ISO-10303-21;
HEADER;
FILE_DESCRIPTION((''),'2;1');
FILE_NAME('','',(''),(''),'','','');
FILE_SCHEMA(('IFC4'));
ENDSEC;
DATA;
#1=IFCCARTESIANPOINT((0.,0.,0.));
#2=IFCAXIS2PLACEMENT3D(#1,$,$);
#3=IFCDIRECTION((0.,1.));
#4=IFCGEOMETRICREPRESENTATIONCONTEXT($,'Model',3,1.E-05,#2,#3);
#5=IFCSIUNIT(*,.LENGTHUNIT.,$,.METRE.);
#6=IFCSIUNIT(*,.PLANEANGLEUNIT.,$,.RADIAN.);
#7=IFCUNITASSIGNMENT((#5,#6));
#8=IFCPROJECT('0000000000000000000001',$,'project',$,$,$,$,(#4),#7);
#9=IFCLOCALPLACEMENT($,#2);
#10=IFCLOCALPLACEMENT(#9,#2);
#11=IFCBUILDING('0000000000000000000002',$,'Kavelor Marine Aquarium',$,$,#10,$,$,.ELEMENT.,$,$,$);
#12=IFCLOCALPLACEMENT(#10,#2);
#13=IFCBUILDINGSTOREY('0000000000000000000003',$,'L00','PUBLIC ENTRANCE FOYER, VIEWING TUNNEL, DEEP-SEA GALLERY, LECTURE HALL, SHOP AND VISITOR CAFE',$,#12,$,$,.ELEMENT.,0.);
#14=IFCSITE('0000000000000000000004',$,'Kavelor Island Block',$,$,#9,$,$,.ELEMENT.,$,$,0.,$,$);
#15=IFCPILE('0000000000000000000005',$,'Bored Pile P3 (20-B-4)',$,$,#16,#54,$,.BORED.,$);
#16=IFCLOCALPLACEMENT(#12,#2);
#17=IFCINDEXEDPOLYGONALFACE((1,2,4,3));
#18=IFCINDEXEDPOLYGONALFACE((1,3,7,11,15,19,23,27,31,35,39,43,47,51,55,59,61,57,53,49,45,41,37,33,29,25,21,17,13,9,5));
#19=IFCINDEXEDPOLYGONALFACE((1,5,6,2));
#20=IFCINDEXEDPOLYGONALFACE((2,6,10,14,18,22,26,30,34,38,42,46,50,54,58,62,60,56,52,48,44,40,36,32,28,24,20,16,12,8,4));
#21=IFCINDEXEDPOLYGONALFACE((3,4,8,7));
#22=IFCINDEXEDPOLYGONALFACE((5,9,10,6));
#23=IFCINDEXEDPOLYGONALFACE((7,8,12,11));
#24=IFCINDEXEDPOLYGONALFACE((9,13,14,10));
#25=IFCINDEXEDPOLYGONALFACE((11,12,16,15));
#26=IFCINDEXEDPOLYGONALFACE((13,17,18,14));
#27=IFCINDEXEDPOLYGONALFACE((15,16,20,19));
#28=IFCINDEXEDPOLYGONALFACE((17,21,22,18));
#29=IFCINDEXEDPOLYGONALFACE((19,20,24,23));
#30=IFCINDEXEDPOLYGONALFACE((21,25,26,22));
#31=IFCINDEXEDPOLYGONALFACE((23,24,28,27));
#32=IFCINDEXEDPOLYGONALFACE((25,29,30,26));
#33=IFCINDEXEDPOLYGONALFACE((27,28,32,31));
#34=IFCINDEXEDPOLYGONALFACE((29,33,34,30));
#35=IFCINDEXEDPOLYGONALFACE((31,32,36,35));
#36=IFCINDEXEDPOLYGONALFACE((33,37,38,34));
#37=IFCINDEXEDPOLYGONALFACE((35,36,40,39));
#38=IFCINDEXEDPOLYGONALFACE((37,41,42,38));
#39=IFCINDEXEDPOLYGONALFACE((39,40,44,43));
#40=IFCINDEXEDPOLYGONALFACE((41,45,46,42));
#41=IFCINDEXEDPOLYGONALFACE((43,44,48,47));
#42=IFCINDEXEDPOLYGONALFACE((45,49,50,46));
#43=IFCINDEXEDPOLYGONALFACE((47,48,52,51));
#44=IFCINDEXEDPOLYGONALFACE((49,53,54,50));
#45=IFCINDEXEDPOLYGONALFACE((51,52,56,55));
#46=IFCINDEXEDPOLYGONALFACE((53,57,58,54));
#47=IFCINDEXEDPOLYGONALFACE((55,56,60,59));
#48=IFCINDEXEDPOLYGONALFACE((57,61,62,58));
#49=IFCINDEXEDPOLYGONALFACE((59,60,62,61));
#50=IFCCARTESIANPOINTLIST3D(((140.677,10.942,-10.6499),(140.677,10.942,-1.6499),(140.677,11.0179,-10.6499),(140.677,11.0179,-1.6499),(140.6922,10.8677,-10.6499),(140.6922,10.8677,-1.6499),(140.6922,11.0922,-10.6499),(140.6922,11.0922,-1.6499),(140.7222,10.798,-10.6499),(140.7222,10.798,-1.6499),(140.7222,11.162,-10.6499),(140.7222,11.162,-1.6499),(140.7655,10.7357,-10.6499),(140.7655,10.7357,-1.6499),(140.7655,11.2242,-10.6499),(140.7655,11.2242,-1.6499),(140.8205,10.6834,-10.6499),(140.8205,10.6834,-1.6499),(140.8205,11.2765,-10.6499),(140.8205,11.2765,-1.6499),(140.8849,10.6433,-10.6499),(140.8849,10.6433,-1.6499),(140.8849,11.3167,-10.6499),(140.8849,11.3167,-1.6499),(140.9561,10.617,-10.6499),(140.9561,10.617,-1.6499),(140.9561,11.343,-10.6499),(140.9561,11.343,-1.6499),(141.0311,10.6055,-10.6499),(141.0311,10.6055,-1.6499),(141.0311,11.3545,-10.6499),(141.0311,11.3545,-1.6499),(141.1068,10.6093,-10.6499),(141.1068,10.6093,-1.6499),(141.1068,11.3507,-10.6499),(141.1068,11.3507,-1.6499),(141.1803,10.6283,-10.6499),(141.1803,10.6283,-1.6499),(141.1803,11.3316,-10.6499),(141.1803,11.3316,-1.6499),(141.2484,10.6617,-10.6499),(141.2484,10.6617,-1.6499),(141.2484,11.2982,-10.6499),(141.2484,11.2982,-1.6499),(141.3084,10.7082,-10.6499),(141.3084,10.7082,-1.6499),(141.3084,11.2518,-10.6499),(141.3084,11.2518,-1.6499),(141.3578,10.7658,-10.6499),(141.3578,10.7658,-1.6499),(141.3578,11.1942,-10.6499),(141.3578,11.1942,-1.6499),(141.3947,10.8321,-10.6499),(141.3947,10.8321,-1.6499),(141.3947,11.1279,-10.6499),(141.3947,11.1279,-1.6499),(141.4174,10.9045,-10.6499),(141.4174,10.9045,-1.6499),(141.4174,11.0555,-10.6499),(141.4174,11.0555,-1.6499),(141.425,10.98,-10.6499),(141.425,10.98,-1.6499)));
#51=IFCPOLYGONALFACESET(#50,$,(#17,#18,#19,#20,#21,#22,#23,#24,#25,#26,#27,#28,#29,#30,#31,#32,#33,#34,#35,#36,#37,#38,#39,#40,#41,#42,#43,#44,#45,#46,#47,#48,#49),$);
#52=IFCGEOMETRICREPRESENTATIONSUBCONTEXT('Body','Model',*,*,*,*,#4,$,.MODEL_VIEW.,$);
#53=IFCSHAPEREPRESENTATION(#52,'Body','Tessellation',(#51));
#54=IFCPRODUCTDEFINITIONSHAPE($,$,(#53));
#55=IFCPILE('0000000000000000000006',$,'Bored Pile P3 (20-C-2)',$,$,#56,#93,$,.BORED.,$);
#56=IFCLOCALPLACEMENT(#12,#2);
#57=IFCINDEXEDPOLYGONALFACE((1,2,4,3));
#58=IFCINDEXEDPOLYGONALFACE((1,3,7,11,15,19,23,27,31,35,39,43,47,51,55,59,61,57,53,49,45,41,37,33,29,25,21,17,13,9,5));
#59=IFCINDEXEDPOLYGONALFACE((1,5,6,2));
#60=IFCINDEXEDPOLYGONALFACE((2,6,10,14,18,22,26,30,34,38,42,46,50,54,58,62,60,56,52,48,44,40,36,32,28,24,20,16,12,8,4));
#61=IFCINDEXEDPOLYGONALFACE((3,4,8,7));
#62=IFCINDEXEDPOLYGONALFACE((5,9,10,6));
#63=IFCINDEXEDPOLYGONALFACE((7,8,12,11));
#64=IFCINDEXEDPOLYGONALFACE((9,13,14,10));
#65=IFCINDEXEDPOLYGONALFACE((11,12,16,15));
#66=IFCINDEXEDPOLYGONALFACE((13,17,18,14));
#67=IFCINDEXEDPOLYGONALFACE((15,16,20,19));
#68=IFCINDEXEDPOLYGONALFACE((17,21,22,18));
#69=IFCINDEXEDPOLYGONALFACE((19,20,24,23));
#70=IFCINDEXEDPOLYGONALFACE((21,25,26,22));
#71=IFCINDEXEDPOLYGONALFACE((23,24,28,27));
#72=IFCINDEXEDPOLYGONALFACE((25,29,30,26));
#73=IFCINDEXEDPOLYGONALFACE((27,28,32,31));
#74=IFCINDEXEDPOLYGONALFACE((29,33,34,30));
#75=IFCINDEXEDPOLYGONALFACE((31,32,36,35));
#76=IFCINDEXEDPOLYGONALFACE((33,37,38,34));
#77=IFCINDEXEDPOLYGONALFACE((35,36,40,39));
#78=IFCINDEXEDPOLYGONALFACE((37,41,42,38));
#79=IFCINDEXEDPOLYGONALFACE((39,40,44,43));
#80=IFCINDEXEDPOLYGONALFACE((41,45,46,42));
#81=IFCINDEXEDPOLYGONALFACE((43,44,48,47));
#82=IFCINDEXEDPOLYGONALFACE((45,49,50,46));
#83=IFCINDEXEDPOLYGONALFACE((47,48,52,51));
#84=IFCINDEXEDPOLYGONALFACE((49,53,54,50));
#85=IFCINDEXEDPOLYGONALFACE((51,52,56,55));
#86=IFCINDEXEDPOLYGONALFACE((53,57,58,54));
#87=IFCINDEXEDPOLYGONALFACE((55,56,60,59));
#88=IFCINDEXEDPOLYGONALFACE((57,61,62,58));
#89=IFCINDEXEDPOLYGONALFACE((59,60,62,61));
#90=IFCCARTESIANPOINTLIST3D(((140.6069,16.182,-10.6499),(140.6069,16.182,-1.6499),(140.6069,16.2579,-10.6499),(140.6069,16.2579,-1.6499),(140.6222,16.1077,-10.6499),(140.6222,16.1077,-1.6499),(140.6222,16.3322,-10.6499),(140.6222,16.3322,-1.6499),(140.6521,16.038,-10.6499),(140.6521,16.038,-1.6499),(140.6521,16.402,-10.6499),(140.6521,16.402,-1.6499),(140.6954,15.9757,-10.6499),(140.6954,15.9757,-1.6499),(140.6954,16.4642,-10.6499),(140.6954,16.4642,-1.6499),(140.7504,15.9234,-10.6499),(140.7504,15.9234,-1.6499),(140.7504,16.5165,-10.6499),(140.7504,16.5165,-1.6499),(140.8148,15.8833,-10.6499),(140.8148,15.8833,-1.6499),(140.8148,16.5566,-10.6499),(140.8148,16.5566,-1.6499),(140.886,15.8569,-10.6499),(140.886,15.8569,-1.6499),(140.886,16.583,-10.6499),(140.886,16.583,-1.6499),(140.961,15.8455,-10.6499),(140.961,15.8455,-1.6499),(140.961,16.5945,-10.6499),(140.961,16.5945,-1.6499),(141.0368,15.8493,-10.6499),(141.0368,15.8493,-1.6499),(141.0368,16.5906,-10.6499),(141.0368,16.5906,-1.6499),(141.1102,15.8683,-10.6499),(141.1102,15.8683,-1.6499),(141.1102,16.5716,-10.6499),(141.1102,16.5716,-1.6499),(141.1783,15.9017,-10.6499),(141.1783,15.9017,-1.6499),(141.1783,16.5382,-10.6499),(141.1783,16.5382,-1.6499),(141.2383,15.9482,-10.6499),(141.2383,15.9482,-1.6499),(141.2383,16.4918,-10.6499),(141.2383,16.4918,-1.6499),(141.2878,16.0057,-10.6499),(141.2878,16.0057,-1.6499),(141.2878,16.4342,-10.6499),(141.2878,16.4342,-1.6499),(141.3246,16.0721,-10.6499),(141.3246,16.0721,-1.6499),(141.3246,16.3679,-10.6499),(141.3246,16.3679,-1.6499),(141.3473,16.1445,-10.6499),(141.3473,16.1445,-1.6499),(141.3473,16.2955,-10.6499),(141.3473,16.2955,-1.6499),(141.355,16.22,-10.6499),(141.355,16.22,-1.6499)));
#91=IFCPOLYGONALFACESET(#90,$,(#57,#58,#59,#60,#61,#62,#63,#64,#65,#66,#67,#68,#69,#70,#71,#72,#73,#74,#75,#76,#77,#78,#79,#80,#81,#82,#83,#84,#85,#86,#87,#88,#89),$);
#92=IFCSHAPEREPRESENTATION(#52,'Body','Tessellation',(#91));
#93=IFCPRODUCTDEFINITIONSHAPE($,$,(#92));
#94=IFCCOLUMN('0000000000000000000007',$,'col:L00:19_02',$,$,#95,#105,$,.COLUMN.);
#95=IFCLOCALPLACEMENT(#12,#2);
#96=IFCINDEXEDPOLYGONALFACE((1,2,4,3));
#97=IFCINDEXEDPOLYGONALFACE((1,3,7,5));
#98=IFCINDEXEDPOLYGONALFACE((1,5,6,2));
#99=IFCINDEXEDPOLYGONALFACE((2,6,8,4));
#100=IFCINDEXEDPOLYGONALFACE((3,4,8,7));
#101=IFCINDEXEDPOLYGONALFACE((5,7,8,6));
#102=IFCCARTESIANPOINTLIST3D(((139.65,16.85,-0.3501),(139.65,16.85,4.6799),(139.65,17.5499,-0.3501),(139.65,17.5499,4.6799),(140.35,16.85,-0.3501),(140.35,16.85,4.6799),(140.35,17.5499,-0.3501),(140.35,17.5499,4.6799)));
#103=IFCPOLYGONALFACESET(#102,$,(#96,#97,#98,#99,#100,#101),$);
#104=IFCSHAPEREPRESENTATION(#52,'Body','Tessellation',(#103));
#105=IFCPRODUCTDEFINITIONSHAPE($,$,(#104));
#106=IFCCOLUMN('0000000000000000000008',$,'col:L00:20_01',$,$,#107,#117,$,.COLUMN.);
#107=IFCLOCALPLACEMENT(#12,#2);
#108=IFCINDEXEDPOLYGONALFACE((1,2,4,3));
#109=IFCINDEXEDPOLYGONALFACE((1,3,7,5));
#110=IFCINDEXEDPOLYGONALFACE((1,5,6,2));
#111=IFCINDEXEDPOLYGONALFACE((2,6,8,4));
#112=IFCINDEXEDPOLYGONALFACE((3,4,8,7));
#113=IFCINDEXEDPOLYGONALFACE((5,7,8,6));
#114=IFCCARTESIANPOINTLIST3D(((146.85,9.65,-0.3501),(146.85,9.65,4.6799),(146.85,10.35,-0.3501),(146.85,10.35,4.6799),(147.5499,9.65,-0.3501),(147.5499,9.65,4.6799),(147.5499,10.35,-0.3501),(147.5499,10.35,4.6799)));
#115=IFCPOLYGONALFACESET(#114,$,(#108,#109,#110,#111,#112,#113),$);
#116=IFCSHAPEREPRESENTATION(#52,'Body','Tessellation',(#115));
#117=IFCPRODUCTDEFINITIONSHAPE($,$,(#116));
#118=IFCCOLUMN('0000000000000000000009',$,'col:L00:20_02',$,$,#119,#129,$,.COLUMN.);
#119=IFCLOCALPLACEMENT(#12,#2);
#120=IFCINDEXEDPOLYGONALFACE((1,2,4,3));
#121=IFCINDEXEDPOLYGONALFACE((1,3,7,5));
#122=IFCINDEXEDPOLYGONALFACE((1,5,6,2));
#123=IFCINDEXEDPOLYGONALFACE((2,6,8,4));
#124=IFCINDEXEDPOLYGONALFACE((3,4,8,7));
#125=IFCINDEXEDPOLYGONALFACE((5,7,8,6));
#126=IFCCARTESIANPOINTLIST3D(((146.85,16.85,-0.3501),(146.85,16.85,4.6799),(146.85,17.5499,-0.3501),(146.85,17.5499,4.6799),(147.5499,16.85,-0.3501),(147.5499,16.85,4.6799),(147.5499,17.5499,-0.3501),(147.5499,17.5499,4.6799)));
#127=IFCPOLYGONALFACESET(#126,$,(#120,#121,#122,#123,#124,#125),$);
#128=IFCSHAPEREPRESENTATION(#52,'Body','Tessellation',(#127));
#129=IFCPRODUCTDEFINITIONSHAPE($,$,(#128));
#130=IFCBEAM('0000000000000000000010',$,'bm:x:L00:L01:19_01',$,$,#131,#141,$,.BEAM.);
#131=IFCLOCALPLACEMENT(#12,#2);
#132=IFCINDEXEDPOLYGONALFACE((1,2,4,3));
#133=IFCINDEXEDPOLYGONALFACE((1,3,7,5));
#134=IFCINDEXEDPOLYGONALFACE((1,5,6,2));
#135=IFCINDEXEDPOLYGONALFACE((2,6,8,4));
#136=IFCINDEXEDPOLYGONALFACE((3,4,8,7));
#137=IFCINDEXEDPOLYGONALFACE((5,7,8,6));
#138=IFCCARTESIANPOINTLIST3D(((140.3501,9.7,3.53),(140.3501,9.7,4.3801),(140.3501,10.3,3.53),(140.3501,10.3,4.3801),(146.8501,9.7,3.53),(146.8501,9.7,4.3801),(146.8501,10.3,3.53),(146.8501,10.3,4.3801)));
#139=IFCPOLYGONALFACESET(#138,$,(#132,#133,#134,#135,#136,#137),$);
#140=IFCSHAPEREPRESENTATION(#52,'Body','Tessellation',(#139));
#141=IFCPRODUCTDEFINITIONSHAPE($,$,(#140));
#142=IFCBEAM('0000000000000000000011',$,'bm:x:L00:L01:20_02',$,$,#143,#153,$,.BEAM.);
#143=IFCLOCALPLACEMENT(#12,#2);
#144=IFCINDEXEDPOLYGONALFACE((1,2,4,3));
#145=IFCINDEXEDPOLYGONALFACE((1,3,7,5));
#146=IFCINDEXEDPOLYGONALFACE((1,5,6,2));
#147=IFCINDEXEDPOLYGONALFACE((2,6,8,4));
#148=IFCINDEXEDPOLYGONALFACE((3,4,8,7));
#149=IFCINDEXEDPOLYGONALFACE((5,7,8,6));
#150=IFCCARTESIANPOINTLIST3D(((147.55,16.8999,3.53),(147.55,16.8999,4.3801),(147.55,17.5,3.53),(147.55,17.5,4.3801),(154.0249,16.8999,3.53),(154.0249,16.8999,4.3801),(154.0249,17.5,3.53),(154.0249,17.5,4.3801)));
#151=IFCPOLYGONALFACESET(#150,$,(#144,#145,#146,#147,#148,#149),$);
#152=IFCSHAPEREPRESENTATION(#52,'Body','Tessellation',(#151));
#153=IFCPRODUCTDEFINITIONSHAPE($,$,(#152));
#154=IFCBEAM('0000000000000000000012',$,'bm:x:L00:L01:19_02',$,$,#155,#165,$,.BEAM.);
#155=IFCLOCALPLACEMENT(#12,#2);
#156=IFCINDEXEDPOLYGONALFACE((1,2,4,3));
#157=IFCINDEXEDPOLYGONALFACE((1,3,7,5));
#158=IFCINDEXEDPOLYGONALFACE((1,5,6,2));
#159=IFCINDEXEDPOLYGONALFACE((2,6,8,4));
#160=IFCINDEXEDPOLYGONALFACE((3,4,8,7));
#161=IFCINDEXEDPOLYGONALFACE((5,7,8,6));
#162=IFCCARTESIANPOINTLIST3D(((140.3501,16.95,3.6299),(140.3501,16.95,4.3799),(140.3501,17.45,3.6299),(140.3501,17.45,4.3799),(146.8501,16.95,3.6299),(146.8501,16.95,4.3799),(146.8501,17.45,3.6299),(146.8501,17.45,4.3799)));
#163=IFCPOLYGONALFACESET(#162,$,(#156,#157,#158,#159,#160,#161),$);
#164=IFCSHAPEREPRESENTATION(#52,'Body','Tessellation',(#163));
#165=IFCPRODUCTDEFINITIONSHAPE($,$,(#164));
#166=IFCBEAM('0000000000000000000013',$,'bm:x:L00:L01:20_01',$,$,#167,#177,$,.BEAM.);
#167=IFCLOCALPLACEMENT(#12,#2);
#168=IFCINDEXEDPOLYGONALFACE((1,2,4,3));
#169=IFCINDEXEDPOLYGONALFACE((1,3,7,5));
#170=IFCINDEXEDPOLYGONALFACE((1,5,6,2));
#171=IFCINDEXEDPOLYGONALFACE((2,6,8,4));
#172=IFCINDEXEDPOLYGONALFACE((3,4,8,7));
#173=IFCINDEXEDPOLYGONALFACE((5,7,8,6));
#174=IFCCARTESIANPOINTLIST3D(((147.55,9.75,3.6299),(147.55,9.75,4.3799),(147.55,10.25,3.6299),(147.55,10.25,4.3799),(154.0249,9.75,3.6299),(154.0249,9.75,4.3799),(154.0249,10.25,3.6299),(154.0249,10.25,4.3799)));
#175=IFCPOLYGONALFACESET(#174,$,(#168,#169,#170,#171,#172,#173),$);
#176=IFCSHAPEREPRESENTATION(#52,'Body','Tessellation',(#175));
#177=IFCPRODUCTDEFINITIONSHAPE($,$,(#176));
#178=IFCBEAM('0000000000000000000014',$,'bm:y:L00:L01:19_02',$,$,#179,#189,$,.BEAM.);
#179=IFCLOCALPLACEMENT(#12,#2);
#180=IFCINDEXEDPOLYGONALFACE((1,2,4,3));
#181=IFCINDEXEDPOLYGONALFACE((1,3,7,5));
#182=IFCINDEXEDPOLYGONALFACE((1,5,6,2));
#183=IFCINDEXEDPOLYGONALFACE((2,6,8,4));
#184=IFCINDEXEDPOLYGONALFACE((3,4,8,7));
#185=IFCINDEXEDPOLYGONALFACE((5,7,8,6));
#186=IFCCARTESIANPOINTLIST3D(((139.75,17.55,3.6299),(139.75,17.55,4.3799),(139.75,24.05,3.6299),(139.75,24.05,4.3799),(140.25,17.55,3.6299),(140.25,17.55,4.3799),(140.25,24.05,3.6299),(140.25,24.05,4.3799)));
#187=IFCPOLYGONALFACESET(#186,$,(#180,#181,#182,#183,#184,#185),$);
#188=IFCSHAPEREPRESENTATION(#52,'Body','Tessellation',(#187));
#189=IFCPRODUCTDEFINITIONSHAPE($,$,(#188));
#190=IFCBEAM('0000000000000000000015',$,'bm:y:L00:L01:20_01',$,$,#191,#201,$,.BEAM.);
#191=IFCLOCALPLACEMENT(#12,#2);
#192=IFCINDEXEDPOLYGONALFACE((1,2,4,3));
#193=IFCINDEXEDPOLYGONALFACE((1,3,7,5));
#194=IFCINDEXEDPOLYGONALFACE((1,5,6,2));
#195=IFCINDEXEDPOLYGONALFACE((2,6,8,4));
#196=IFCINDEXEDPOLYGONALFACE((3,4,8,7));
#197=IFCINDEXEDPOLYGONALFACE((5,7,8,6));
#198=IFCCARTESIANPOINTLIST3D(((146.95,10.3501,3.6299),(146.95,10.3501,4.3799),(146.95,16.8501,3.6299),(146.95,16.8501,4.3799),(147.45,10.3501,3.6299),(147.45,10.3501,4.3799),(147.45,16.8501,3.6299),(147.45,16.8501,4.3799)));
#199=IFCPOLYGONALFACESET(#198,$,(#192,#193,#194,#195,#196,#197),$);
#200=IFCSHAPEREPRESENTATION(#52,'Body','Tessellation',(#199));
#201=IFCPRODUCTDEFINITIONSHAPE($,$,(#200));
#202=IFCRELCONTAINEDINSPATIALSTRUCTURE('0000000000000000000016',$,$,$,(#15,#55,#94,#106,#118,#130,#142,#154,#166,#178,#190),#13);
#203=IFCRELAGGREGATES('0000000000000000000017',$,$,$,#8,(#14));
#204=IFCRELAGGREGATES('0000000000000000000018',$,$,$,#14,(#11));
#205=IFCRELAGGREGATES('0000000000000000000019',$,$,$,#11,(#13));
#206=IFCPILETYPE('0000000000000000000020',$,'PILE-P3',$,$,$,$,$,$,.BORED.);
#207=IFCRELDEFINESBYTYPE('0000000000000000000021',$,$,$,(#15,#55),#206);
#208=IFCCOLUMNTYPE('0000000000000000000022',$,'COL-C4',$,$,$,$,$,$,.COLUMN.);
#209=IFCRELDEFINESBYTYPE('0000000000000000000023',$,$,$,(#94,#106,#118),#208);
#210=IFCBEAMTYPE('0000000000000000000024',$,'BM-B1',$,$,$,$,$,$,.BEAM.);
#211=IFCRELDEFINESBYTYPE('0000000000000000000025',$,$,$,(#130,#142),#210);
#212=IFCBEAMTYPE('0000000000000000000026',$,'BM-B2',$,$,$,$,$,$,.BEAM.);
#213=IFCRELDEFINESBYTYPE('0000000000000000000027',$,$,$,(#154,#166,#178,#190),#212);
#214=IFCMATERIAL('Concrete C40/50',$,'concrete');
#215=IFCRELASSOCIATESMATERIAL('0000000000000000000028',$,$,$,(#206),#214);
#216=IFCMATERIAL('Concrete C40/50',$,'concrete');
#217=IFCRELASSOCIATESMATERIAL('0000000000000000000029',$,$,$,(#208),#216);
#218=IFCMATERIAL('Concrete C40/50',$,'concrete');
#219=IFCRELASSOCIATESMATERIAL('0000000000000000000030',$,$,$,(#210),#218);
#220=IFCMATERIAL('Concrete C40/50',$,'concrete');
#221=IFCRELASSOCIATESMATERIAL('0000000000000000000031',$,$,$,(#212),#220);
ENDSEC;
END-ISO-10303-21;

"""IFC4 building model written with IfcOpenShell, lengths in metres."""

from ifc_helpers import new_model, si_unit, direction, frame, origin, origin_2d, place, context, subcontext, project, spatial, rectangle, circle, extrude, material, material_profile, profile_set, type_object, element, save


model = new_model("IFC4")

# Units and contexts
model_context = context("Model", 3, precision=1e-05, world=origin(), true_north=direction((0.0, 1.0)))
body_context = subcontext(model_context, "Body", "Model", "MODEL_VIEW")
ifc_project = project(units=[si_unit("LENGTHUNIT", "METRE"), si_unit("PLANEANGLEUNIT", "RADIAN")], contexts=[model_context])

# Site, building, storey
site_placement = place(None, origin())
site = spatial("IfcSite", under=ifc_project, at=site_placement, Name="Kavelor Island Block", CompositionType="ELEMENT", RefElevation=0.0)
building_placement = place(site_placement, origin())
building = spatial("IfcBuilding", under=site, at=building_placement, Name="Kavelor Marine Aquarium", CompositionType="ELEMENT")
storey_placement = place(building_placement, origin())
storey = spatial("IfcBuildingStorey", under=building, at=storey_placement, Name="L00", Description="PUBLIC ENTRANCE FOYER, VIEWING TUNNEL, DEEP-SEA GALLERY, LECTURE HALL, SHOP AND VISITOR CAFE", CompositionType="ELEMENT", Elevation=0.0)

# Piles
ifc_material_1 = material(Name="Concrete C40/50", Category="concrete")
ifc_material_profile_1 = material_profile(ifc_material_1, circle(Radius=0.375, at=origin_2d()), Name="PILE D750")
ifc_profile_set_1 = profile_set([ifc_material_profile_1], Name="Concrete C40/50")
pile_type_1 = type_object("IfcPileType", Name="PILE-P3", PredefinedType="BORED", material=ifc_profile_set_1)
for number, where, z_axis, x_axis, name in (
    (1, (141.05, 10.98, -1.6499), (0.0, 0.0, -1.0), (1.0, 0.0, 0.0), "Bored Pile P3 (20-B-4)"),
    (2, (140.98, 16.22, -1.6499), (0.0, 0.0, -1.0), (1.0, 0.0, 0.0), "Bored Pile P3 (20-C-2)"),
):
    element("IfcPile", number, at=place(storey_placement, frame(where, z_axis=z_axis, x_axis=x_axis)), inside=storey, type_object=pile_type_1, Name=name, PredefinedType="BORED", context=body_context, shape_type="SweptSolid", body=[
        extrude(circle(Radius=0.375, at=origin_2d()), origin(), (0.0, 0.0, 1.0), 9.0),
    ])

# Columns
ifc_material_2 = material(Name="Concrete C40/50", Category="concrete")
ifc_material_profile_2 = material_profile(ifc_material_2, rectangle(XDim=0.7, YDim=0.7, at=origin_2d()), Name="RC-COL 700x700")
ifc_profile_set_2 = profile_set([ifc_material_profile_2], Name="Concrete C40/50")
column_type = type_object("IfcColumnType", Name="COL-C4", PredefinedType="COLUMN", material=ifc_profile_set_2)
for number, where, z_axis, x_axis, name in (
    (3, (140.0, 17.2, -0.3501), (0.0, 0.0, 1.0), (1.0, 0.0, 0.0), "col:L00:19_02"),
    (4, (147.2, 10.0, -0.3501), (0.0, 0.0, 1.0), (1.0, 0.0, 0.0), "col:L00:20_01"),
    (5, (147.2, 17.2, -0.3501), (0.0, 0.0, 1.0), (1.0, 0.0, 0.0), "col:L00:20_02"),
):
    element("IfcColumn", number, at=place(storey_placement, frame(where, z_axis=z_axis, x_axis=x_axis)), inside=storey, type_object=column_type, Name=name, PredefinedType="COLUMN", context=body_context, shape_type="SweptSolid", body=[
        extrude(rectangle(XDim=0.7, YDim=0.7, at=origin_2d()), origin(), (0.0, 0.0, 1.0), 5.03),
    ])

# Beams
ifc_material_3 = material(Name="Concrete C40/50", Category="concrete")
ifc_material_profile_3 = material_profile(ifc_material_3, rectangle(XDim=0.6001, YDim=0.8501, at=origin_2d()), Name="RC-BM 600x850")
ifc_profile_set_3 = profile_set([ifc_material_profile_3], Name="Concrete C40/50")
beam_type_1 = type_object("IfcBeamType", Name="BM-B1", PredefinedType="BEAM", material=ifc_profile_set_3)
beam_1_placement = place(storey_placement, frame((140.3501, 10.0, 3.9551), z_axis=(1.0, 0.0, 0.0), x_axis=(0.0, 1.0, 0.0)))
element("IfcBeam", 6, at=beam_1_placement, inside=storey, type_object=beam_type_1, Name="bm:x:L00:L01:19_01", PredefinedType="BEAM", context=body_context, shape_type="SweptSolid", body=[
    extrude(rectangle(XDim=0.6001, YDim=0.8501, at=origin_2d()), origin(), (0.0, 0.0, 1.0), 6.5),
])
beam_2_placement = place(storey_placement, frame((147.55, 17.2, 3.9551), z_axis=(1.0, 0.0, 0.0), x_axis=(0.0, 1.0, 0.0)))
element("IfcBeam", 7, at=beam_2_placement, inside=storey, type_object=beam_type_1, Name="bm:x:L00:L01:20_02", PredefinedType="BEAM", context=body_context, shape_type="SweptSolid", body=[
    extrude(rectangle(XDim=0.6001, YDim=0.8501, at=origin_2d()), origin(), (0.0, 0.0, 1.0), 6.4749),
])
ifc_material_4 = material(Name="Concrete C40/50", Category="concrete")
ifc_material_profile_4 = material_profile(ifc_material_4, rectangle(XDim=0.5, YDim=0.75, at=origin_2d()), Name="RC-BM 500x750")
ifc_profile_set_4 = profile_set([ifc_material_profile_4], Name="Concrete C40/50")
beam_type_2 = type_object("IfcBeamType", Name="BM-B2", PredefinedType="BEAM", material=ifc_profile_set_4)
beam_3_placement = place(storey_placement, frame((140.3501, 17.2, 4.0049), z_axis=(1.0, 0.0, 0.0), x_axis=(0.0, 1.0, 0.0)))
element("IfcBeam", 8, at=beam_3_placement, inside=storey, type_object=beam_type_2, Name="bm:x:L00:L01:19_02", PredefinedType="BEAM", context=body_context, shape_type="SweptSolid", body=[
    extrude(rectangle(XDim=0.5, YDim=0.75, at=origin_2d()), origin(), (0.0, 0.0, 1.0), 6.5),
])
beam_4_placement = place(storey_placement, frame((147.55, 10.0, 4.0049), z_axis=(1.0, 0.0, 0.0), x_axis=(0.0, 1.0, 0.0)))
element("IfcBeam", 9, at=beam_4_placement, inside=storey, type_object=beam_type_2, Name="bm:x:L00:L01:20_01", PredefinedType="BEAM", context=body_context, shape_type="SweptSolid", body=[
    extrude(rectangle(XDim=0.5, YDim=0.75, at=origin_2d()), origin(), (0.0, 0.0, 1.0), 6.4749),
])
for number, where, z_axis, x_axis, name in (
    (10, (140.0, 17.55, 4.0049), (0.0, 1.0, 0.0), (-1.0, 0.0, 0.0), "bm:y:L00:L01:19_02"),
    (11, (147.2, 10.3501, 4.0049), (0.0, 1.0, 0.0), (-1.0, 0.0, 0.0), "bm:y:L00:L01:20_01"),
):
    element("IfcBeam", number, at=place(storey_placement, frame(where, z_axis=z_axis, x_axis=x_axis)), inside=storey, type_object=beam_type_2, Name=name, PredefinedType="BEAM", context=body_context, shape_type="SweptSolid", body=[
        extrude(rectangle(XDim=0.5, YDim=0.75, at=origin_2d()), origin(), (0.0, 0.0, 1.0), 6.5),
    ])

save(model, "model.ifc")
